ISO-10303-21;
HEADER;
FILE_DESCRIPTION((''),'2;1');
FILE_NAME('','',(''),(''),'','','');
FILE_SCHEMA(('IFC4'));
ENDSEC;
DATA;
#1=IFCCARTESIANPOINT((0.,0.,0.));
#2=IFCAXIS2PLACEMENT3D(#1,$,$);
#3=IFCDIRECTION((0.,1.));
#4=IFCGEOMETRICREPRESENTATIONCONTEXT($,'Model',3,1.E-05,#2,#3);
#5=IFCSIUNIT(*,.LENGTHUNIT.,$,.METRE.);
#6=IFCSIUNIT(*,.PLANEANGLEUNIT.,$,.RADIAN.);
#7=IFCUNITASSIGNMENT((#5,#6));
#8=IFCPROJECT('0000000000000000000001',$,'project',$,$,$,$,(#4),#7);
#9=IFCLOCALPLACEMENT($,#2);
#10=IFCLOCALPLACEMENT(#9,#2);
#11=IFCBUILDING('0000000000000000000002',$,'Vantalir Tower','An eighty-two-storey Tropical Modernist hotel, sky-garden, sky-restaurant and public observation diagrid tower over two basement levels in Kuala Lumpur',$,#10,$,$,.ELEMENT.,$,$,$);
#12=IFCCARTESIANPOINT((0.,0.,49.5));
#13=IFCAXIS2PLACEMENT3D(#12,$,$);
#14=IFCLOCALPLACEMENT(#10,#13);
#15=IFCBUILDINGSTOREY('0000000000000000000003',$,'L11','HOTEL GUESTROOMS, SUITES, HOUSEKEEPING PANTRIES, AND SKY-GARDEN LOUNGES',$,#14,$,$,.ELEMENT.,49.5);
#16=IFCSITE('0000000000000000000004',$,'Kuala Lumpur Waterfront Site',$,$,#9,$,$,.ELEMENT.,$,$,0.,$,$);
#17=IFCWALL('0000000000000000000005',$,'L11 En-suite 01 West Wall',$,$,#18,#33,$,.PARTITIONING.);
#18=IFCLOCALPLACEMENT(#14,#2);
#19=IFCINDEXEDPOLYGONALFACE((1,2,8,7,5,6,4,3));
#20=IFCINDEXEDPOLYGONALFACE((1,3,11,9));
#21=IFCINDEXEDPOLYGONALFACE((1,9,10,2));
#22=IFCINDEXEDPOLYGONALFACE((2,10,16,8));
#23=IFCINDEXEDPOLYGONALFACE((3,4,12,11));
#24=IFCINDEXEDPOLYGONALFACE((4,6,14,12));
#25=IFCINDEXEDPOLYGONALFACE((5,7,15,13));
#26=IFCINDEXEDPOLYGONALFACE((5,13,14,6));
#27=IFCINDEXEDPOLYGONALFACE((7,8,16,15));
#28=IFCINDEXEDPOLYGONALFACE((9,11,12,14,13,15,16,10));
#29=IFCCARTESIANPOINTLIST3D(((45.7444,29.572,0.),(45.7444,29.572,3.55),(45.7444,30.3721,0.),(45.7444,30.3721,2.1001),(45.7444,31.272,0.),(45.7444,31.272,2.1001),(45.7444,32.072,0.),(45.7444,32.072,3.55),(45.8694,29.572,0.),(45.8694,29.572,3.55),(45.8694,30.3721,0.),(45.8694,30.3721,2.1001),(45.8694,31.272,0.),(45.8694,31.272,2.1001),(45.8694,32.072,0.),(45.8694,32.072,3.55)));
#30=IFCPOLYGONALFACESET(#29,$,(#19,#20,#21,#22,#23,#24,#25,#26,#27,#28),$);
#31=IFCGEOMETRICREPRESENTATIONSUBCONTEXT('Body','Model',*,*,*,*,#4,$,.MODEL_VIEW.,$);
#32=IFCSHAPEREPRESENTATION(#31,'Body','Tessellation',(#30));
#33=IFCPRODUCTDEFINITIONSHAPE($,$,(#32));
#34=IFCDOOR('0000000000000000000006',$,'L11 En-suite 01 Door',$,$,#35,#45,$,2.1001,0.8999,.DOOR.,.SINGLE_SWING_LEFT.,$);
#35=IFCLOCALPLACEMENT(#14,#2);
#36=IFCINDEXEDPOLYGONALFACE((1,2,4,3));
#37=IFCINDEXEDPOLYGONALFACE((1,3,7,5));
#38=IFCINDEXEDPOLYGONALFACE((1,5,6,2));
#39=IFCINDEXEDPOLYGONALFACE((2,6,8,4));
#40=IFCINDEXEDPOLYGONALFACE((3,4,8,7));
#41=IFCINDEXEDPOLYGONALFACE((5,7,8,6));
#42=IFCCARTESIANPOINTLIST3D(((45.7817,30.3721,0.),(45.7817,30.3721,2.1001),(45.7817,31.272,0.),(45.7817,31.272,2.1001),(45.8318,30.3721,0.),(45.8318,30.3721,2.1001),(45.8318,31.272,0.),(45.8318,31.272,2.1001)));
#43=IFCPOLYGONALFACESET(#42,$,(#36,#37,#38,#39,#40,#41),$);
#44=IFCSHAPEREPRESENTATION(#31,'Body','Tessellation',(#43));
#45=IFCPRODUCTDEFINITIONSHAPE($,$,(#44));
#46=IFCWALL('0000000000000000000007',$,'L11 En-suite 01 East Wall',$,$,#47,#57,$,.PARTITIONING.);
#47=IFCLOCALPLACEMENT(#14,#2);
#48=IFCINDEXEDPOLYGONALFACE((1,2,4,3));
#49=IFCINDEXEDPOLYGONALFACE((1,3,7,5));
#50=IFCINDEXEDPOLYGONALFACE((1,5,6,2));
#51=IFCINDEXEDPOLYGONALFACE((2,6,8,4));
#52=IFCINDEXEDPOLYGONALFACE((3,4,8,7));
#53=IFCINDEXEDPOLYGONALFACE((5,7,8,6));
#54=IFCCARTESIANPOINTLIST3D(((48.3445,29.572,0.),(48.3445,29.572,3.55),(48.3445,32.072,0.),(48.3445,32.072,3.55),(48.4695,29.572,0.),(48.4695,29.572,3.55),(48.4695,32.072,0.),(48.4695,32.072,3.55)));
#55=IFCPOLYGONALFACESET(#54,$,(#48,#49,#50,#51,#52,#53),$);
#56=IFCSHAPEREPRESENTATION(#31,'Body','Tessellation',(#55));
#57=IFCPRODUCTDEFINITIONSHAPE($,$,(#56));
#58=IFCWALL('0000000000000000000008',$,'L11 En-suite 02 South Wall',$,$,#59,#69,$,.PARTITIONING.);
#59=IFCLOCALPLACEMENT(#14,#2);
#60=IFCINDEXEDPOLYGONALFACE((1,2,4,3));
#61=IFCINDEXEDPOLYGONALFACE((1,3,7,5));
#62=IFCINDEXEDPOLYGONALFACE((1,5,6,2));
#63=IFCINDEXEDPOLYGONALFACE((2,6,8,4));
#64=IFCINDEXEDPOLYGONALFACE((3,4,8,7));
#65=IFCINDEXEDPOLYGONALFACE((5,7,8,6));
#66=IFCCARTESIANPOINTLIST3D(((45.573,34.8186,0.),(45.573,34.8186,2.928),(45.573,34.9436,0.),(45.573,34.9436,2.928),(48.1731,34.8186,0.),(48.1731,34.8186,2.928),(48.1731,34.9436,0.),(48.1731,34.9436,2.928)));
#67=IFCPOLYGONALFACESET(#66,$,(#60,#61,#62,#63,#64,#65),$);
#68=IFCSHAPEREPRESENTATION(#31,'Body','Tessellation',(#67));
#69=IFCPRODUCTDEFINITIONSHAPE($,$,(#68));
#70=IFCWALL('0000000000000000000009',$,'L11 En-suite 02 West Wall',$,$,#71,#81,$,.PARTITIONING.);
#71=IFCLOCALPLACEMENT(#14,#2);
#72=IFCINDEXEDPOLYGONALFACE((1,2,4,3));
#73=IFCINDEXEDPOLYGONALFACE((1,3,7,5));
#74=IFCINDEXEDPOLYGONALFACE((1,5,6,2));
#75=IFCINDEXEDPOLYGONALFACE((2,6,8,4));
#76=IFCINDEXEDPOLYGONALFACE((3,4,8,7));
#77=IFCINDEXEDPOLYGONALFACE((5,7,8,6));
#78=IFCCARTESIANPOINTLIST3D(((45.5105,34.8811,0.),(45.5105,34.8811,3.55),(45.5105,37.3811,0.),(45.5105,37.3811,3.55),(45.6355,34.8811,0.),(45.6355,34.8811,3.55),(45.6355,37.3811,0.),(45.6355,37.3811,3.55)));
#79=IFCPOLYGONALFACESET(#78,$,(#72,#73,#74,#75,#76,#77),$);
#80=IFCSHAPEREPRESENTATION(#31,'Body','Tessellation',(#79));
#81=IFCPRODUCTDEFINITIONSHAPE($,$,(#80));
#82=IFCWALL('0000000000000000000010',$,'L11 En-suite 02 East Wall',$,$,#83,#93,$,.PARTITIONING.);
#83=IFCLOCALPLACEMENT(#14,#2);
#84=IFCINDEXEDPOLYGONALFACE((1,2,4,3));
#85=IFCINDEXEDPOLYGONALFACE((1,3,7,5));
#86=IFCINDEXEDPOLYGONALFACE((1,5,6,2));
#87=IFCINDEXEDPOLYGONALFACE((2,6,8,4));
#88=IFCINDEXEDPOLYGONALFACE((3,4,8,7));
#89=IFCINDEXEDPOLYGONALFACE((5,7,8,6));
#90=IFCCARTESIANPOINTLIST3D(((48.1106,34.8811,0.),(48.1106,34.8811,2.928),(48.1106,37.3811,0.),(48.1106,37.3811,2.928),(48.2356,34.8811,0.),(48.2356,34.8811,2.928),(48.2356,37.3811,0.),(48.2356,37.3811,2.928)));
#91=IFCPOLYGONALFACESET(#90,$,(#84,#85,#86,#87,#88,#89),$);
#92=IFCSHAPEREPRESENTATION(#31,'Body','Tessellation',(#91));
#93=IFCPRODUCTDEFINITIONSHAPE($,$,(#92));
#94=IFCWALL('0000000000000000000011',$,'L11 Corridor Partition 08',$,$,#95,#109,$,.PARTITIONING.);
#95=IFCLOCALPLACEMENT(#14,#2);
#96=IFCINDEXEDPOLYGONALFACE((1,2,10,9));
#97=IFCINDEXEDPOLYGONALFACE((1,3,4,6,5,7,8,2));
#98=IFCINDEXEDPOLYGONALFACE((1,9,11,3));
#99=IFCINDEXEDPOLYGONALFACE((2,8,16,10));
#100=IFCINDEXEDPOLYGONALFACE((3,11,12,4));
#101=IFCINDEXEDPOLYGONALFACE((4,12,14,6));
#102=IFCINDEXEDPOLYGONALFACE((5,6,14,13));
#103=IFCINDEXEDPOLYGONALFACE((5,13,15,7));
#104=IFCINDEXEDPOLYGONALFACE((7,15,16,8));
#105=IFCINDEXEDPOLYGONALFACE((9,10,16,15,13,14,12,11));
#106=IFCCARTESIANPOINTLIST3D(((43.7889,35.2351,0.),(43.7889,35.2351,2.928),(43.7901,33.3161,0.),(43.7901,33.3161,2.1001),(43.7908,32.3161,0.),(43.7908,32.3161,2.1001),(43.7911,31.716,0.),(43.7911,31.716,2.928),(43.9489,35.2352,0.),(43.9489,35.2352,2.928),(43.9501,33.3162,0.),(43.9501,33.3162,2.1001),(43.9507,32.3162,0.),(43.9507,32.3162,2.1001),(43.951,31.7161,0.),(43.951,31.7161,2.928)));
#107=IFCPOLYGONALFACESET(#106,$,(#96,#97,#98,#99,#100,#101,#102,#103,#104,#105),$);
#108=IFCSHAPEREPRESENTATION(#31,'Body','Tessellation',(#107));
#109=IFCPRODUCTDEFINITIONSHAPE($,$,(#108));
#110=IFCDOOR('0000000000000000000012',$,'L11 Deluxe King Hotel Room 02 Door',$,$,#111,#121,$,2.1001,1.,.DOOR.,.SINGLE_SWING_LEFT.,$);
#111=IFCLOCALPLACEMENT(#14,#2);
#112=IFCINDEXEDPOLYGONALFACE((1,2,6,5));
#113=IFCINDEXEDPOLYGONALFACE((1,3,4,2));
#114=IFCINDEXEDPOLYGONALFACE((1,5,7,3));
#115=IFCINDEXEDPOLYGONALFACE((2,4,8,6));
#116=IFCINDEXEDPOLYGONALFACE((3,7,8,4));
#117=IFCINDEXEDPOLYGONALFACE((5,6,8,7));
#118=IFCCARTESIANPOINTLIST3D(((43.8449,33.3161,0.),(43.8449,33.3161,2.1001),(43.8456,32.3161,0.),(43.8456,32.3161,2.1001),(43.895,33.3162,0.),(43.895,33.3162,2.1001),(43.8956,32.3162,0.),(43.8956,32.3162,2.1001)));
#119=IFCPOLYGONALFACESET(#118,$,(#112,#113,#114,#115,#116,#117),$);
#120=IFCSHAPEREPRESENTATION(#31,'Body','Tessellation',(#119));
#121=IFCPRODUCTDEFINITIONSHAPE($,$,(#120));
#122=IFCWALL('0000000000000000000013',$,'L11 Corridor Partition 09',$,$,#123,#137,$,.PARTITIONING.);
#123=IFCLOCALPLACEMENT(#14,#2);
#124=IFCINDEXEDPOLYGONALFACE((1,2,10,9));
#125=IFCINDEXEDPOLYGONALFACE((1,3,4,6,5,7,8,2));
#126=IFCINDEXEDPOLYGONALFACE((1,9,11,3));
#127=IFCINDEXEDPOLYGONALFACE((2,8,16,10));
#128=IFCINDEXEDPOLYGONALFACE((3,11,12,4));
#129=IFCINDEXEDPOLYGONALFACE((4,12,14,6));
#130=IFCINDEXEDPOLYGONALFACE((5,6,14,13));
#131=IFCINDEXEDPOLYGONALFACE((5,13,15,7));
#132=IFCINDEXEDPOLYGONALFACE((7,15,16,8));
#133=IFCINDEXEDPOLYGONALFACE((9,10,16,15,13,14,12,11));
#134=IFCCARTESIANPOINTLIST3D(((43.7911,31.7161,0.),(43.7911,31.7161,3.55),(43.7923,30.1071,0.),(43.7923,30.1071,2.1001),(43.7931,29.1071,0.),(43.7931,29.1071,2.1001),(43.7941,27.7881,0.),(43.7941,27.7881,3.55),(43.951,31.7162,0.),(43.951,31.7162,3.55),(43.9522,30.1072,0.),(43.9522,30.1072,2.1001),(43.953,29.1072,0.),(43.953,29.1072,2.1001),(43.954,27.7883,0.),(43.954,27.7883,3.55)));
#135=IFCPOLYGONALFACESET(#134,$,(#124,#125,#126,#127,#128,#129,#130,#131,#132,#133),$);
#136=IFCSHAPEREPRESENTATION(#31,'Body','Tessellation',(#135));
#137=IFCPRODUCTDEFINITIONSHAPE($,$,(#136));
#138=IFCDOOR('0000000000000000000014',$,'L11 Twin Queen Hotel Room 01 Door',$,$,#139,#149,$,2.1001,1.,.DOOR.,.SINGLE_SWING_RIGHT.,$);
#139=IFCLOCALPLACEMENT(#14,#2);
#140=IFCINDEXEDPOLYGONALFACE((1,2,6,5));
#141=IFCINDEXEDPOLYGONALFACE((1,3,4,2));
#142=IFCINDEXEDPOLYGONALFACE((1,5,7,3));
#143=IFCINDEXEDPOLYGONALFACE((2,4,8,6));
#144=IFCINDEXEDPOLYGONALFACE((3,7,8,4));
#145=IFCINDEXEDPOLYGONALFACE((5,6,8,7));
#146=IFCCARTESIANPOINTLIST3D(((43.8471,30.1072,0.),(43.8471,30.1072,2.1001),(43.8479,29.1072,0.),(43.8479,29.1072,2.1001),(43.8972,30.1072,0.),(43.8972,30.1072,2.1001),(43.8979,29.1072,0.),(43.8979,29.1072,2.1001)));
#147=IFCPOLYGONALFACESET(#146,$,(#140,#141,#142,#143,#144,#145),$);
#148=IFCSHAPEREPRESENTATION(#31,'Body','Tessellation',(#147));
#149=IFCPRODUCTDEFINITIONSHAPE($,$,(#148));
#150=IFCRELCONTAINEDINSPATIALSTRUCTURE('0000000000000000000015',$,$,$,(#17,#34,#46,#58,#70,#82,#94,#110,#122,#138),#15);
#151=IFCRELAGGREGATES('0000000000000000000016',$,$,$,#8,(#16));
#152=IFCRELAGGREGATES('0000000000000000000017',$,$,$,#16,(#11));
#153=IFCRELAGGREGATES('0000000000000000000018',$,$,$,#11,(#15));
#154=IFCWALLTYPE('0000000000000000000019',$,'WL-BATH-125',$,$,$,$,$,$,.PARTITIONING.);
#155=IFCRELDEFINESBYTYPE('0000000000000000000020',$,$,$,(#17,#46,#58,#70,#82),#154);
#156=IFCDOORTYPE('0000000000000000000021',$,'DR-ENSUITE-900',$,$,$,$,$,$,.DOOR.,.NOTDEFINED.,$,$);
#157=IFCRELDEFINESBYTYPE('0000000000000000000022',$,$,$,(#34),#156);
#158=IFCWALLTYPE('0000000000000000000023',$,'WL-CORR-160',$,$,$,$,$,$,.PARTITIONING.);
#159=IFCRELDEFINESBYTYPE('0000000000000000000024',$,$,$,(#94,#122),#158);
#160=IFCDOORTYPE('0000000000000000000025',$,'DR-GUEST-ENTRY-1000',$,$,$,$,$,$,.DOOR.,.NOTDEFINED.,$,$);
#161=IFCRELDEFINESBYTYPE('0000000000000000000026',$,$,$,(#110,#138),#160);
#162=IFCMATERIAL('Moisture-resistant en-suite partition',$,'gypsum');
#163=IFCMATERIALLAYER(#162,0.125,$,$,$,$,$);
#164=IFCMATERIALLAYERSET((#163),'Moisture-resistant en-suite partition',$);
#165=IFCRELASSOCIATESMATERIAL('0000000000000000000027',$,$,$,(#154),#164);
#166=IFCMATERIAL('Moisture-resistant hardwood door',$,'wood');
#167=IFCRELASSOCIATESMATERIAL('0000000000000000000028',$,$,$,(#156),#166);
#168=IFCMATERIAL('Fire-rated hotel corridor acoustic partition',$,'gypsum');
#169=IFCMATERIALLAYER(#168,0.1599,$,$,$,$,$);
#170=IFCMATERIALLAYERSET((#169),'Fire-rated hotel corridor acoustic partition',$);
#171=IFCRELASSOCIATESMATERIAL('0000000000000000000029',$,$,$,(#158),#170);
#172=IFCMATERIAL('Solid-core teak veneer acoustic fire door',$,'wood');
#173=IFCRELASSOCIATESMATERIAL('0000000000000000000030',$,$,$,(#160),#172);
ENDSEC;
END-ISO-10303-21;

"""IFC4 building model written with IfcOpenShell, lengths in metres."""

from ifc_helpers import new_model, si_unit, direction, frame, frame_2d, origin, place, context, subcontext, project, spatial, rectangle, extrude, material, layer, layer_set, type_object, element, fill, save


model = new_model("IFC4")

# Units and contexts
model_context = context("Model", 3, precision=1e-05, world=origin(), true_north=direction((0.0, 1.0)))
body_context = subcontext(model_context, "Body", "Model", "MODEL_VIEW")
ifc_project = project(units=[si_unit("LENGTHUNIT", "METRE"), si_unit("PLANEANGLEUNIT", "RADIAN")], contexts=[model_context])

# Site, building, storey
site_placement = place(None, origin())
site = spatial("IfcSite", under=ifc_project, at=site_placement, Name="Kuala Lumpur Waterfront Site", CompositionType="ELEMENT", RefElevation=0.0)
building_placement = place(site_placement, origin())
building = spatial("IfcBuilding", under=site, at=building_placement, Name="Vantalir Tower", Description="An eighty-two-storey Tropical Modernist hotel, sky-garden, sky-restaurant and public observation diagrid tower over two basement levels in Kuala Lumpur", CompositionType="ELEMENT")
storey_placement = place(building_placement, frame((0.0, 0.0, 49.5)))
storey = spatial("IfcBuildingStorey", under=building, at=storey_placement, Name="L11", Description="HOTEL GUESTROOMS, SUITES, HOUSEKEEPING PANTRIES, AND SKY-GARDEN LOUNGES", CompositionType="ELEMENT", Elevation=49.5)

# Shared definitions
ifc_material_1 = material(Name="Moisture-resistant en-suite partition", Category="gypsum")
ifc_layer_1 = layer(ifc_material_1, 0.125)
ifc_layer_set_1 = layer_set([ifc_layer_1], Name="Moisture-resistant en-suite partition")
wall_type_1 = type_object("IfcWallType", Name="WL-BATH-125", PredefinedType="PARTITIONING", material=ifc_layer_set_1)

# Wall, opening, door
wall_1_placement = place(storey_placement, frame((45.8069, 29.572, 0.0), z_axis=(0.0, 0.0, 1.0), x_axis=(0.0, 1.0, 0.0)))
wall_1 = element("IfcWall", 1, at=wall_1_placement, inside=storey, type_object=wall_type_1, Name="L11 En-suite 01 West Wall", PredefinedType="PARTITIONING", context=body_context, shape_type="SweptSolid", body=[
    extrude(rectangle(XDim=2.5, YDim=0.125, at=frame_2d((1.25, 0.0))), origin(), (0.0, 0.0, 1.0), 3.55),
])
opening_1_placement = place(wall_1_placement, frame((0.8, 0.0, 0.0)))
opening_1 = element("IfcOpeningElement", 2, at=opening_1_placement, cuts=wall_1, PredefinedType="OPENING", context=body_context, shape_type="SweptSolid", body=[
    extrude(rectangle(XDim=0.8999, YDim=2.1001, at=frame_2d((0.45, 1.05))), frame((0.0, 0.0725, 0.0), z_axis=(0.0, -1.0, 0.0), x_axis=(1.0, 0.0, 0.0)), (0.0, 0.0, 1.0), 0.145),
])
ifc_material_2 = material(Name="Moisture-resistant hardwood door", Category="wood")
door_type_1 = type_object("IfcDoorType", Name="DR-ENSUITE-900", OperationType="NOTDEFINED", PredefinedType="DOOR", material=ifc_material_2)
door_1_placement = place(opening_1_placement, frame((0.8999, 0.0, 0.0), z_axis=(0.0, 0.0, 1.0), x_axis=(-1.0, 0.0, 0.0)))
door_1 = element("IfcDoor", 3, at=door_1_placement, inside=storey, type_object=door_type_1, Name="L11 En-suite 01 Door", OperationType="SINGLE_SWING_LEFT", OverallHeight=2.1001, OverallWidth=0.8999, PredefinedType="DOOR", context=body_context, shape_type="SweptSolid", body=[
    extrude(rectangle(XDim=0.8999, YDim=2.1001, at=frame_2d((0.45, 1.05))), frame((0.0, 0.0249, 0.0), z_axis=(0.0, -1.0, 0.0), x_axis=(1.0, 0.0, 0.0)), (0.0, 0.0, 1.0), 0.05),
])
fill(opening_1, door_1)

# Walls
wall_2_placement = place(storey_placement, frame((48.407, 29.572, 0.0), z_axis=(0.0, 0.0, 1.0), x_axis=(0.0, 1.0, 0.0)))
element("IfcWall", 4, at=wall_2_placement, inside=storey, type_object=wall_type_1, Name="L11 En-suite 01 East Wall", PredefinedType="PARTITIONING", context=body_context, shape_type="SweptSolid", body=[
    extrude(rectangle(XDim=2.5, YDim=0.125, at=frame_2d((1.25, 0.0))), origin(), (0.0, 0.0, 1.0), 3.55),
])
wall_3_placement = place(storey_placement, frame((45.573, 34.8811, 0.0), z_axis=(0.0, 0.0, 1.0), x_axis=(1.0, 0.0, 0.0)))
element("IfcWall", 5, at=wall_3_placement, inside=storey, type_object=wall_type_1, Name="L11 En-suite 02 South Wall", PredefinedType="PARTITIONING", context=body_context, shape_type="SweptSolid", body=[
    extrude(rectangle(XDim=2.6001, YDim=0.125, at=frame_2d((1.3, 0.0))), origin(), (0.0, 0.0, 1.0), 2.928),
])
wall_4_placement = place(storey_placement, frame((45.573, 34.8811, 0.0), z_axis=(0.0, 0.0, 1.0), x_axis=(0.0, 1.0, 0.0)))
element("IfcWall", 6, at=wall_4_placement, inside=storey, type_object=wall_type_1, Name="L11 En-suite 02 West Wall", PredefinedType="PARTITIONING", context=body_context, shape_type="SweptSolid", body=[
    extrude(rectangle(XDim=2.5, YDim=0.125, at=frame_2d((1.25, 0.0))), origin(), (0.0, 0.0, 1.0), 3.55),
])
wall_5_placement = place(storey_placement, frame((48.1731, 34.8811, 0.0), z_axis=(0.0, 0.0, 1.0), x_axis=(0.0, 1.0, 0.0)))
element("IfcWall", 7, at=wall_5_placement, inside=storey, type_object=wall_type_1, Name="L11 En-suite 02 East Wall", PredefinedType="PARTITIONING", context=body_context, shape_type="SweptSolid", body=[
    extrude(rectangle(XDim=2.5, YDim=0.125, at=frame_2d((1.25, 0.0))), origin(), (0.0, 0.0, 1.0), 2.928),
])

# Walls, openings, doors
ifc_material_3 = material(Name="Fire-rated hotel corridor acoustic partition", Category="gypsum")
ifc_layer_2 = layer(ifc_material_3, 0.1599)
ifc_layer_set_2 = layer_set([ifc_layer_2], Name="Fire-rated hotel corridor acoustic partition")
wall_type_2 = type_object("IfcWallType", Name="WL-CORR-160", PredefinedType="PARTITIONING", material=ifc_layer_set_2)
wall_6_placement = place(storey_placement, frame((43.8689, 35.2351, 0.0), z_axis=(0.0, 0.0, 1.0), x_axis=(0.000624, -1.0, 0.0)))
wall_6 = element("IfcWall", 8, at=wall_6_placement, inside=storey, type_object=wall_type_2, Name="L11 Corridor Partition 08", PredefinedType="PARTITIONING", context=body_context, shape_type="SweptSolid", body=[
    extrude(rectangle(XDim=3.519, YDim=0.1599, at=frame_2d((1.7595, 0.0))), origin(), (0.0, 0.0, 1.0), 2.928),
])
opening_2_placement = place(wall_6_placement, frame((1.9189, 0.0, 0.0)))
opening_2 = element("IfcOpeningElement", 9, at=opening_2_placement, cuts=wall_6, PredefinedType="OPENING", context=body_context, shape_type="SweptSolid", body=[
    extrude(rectangle(XDim=1.0, YDim=2.1001, at=frame_2d((0.5, 1.05))), frame((0.0, 0.0898, 0.0), z_axis=(0.0, -1.0, 0.0), x_axis=(1.0, 0.0, 0.0)), (0.0, 0.0, 1.0), 0.1799),
])
ifc_material_4 = material(Name="Solid-core teak veneer acoustic fire door", Category="wood")
door_type_2 = type_object("IfcDoorType", Name="DR-GUEST-ENTRY-1000", OperationType="NOTDEFINED", PredefinedType="DOOR", material=ifc_material_4)
door_2_placement = place(opening_2_placement, origin())
door_2 = element("IfcDoor", 10, at=door_2_placement, inside=storey, type_object=door_type_2, Name="L11 Deluxe King Hotel Room 02 Door", OperationType="SINGLE_SWING_LEFT", OverallHeight=2.1001, OverallWidth=1.0, PredefinedType="DOOR", context=body_context, shape_type="SweptSolid", body=[
    extrude(rectangle(XDim=1.0, YDim=2.1001, at=frame_2d((0.5, 1.05))), frame((0.0, 0.0249, 0.0), z_axis=(0.0, -1.0, 0.0), x_axis=(1.0, 0.0, 0.0)), (0.0, 0.0, 1.0), 0.05),
])
fill(opening_2, door_2)
wall_7_placement = place(storey_placement, frame((43.8711, 31.7161, 0.0), z_axis=(0.0, 0.0, 1.0), x_axis=(0.000746, -1.0, 0.0)))
wall_7 = element("IfcWall", 11, at=wall_7_placement, inside=storey, type_object=wall_type_2, Name="L11 Corridor Partition 09", PredefinedType="PARTITIONING", context=body_context, shape_type="SweptSolid", body=[
    extrude(rectangle(XDim=3.928, YDim=0.1599, at=frame_2d((1.9639, 0.0))), origin(), (0.0, 0.0, 1.0), 3.55),
])
opening_3_placement = place(wall_7_placement, frame((1.6089, 0.0, 0.0)))
opening_3 = element("IfcOpeningElement", 12, at=opening_3_placement, cuts=wall_7, PredefinedType="OPENING", context=body_context, shape_type="SweptSolid", body=[
    extrude(rectangle(XDim=1.0, YDim=2.1001, at=frame_2d((0.5, 1.05))), frame((0.0, 0.0898, 0.0), z_axis=(0.0, -1.0, 0.0), x_axis=(1.0, 0.0, 0.0)), (0.0, 0.0, 1.0), 0.1799),
])
door_3_placement = place(opening_3_placement, origin())
door_3 = element("IfcDoor", 13, at=door_3_placement, inside=storey, type_object=door_type_2, Name="L11 Twin Queen Hotel Room 01 Door", OperationType="SINGLE_SWING_RIGHT", OverallHeight=2.1001, OverallWidth=1.0, PredefinedType="DOOR", context=body_context, shape_type="SweptSolid", body=[
    extrude(rectangle(XDim=1.0, YDim=2.1001, at=frame_2d((0.5, 1.05))), frame((0.0, 0.0249, 0.0), z_axis=(0.0, -1.0, 0.0), x_axis=(1.0, 0.0, 0.0)), (0.0, 0.0, 1.0), 0.05),
])
fill(opening_3, door_3)

save(model, "model.ifc")
